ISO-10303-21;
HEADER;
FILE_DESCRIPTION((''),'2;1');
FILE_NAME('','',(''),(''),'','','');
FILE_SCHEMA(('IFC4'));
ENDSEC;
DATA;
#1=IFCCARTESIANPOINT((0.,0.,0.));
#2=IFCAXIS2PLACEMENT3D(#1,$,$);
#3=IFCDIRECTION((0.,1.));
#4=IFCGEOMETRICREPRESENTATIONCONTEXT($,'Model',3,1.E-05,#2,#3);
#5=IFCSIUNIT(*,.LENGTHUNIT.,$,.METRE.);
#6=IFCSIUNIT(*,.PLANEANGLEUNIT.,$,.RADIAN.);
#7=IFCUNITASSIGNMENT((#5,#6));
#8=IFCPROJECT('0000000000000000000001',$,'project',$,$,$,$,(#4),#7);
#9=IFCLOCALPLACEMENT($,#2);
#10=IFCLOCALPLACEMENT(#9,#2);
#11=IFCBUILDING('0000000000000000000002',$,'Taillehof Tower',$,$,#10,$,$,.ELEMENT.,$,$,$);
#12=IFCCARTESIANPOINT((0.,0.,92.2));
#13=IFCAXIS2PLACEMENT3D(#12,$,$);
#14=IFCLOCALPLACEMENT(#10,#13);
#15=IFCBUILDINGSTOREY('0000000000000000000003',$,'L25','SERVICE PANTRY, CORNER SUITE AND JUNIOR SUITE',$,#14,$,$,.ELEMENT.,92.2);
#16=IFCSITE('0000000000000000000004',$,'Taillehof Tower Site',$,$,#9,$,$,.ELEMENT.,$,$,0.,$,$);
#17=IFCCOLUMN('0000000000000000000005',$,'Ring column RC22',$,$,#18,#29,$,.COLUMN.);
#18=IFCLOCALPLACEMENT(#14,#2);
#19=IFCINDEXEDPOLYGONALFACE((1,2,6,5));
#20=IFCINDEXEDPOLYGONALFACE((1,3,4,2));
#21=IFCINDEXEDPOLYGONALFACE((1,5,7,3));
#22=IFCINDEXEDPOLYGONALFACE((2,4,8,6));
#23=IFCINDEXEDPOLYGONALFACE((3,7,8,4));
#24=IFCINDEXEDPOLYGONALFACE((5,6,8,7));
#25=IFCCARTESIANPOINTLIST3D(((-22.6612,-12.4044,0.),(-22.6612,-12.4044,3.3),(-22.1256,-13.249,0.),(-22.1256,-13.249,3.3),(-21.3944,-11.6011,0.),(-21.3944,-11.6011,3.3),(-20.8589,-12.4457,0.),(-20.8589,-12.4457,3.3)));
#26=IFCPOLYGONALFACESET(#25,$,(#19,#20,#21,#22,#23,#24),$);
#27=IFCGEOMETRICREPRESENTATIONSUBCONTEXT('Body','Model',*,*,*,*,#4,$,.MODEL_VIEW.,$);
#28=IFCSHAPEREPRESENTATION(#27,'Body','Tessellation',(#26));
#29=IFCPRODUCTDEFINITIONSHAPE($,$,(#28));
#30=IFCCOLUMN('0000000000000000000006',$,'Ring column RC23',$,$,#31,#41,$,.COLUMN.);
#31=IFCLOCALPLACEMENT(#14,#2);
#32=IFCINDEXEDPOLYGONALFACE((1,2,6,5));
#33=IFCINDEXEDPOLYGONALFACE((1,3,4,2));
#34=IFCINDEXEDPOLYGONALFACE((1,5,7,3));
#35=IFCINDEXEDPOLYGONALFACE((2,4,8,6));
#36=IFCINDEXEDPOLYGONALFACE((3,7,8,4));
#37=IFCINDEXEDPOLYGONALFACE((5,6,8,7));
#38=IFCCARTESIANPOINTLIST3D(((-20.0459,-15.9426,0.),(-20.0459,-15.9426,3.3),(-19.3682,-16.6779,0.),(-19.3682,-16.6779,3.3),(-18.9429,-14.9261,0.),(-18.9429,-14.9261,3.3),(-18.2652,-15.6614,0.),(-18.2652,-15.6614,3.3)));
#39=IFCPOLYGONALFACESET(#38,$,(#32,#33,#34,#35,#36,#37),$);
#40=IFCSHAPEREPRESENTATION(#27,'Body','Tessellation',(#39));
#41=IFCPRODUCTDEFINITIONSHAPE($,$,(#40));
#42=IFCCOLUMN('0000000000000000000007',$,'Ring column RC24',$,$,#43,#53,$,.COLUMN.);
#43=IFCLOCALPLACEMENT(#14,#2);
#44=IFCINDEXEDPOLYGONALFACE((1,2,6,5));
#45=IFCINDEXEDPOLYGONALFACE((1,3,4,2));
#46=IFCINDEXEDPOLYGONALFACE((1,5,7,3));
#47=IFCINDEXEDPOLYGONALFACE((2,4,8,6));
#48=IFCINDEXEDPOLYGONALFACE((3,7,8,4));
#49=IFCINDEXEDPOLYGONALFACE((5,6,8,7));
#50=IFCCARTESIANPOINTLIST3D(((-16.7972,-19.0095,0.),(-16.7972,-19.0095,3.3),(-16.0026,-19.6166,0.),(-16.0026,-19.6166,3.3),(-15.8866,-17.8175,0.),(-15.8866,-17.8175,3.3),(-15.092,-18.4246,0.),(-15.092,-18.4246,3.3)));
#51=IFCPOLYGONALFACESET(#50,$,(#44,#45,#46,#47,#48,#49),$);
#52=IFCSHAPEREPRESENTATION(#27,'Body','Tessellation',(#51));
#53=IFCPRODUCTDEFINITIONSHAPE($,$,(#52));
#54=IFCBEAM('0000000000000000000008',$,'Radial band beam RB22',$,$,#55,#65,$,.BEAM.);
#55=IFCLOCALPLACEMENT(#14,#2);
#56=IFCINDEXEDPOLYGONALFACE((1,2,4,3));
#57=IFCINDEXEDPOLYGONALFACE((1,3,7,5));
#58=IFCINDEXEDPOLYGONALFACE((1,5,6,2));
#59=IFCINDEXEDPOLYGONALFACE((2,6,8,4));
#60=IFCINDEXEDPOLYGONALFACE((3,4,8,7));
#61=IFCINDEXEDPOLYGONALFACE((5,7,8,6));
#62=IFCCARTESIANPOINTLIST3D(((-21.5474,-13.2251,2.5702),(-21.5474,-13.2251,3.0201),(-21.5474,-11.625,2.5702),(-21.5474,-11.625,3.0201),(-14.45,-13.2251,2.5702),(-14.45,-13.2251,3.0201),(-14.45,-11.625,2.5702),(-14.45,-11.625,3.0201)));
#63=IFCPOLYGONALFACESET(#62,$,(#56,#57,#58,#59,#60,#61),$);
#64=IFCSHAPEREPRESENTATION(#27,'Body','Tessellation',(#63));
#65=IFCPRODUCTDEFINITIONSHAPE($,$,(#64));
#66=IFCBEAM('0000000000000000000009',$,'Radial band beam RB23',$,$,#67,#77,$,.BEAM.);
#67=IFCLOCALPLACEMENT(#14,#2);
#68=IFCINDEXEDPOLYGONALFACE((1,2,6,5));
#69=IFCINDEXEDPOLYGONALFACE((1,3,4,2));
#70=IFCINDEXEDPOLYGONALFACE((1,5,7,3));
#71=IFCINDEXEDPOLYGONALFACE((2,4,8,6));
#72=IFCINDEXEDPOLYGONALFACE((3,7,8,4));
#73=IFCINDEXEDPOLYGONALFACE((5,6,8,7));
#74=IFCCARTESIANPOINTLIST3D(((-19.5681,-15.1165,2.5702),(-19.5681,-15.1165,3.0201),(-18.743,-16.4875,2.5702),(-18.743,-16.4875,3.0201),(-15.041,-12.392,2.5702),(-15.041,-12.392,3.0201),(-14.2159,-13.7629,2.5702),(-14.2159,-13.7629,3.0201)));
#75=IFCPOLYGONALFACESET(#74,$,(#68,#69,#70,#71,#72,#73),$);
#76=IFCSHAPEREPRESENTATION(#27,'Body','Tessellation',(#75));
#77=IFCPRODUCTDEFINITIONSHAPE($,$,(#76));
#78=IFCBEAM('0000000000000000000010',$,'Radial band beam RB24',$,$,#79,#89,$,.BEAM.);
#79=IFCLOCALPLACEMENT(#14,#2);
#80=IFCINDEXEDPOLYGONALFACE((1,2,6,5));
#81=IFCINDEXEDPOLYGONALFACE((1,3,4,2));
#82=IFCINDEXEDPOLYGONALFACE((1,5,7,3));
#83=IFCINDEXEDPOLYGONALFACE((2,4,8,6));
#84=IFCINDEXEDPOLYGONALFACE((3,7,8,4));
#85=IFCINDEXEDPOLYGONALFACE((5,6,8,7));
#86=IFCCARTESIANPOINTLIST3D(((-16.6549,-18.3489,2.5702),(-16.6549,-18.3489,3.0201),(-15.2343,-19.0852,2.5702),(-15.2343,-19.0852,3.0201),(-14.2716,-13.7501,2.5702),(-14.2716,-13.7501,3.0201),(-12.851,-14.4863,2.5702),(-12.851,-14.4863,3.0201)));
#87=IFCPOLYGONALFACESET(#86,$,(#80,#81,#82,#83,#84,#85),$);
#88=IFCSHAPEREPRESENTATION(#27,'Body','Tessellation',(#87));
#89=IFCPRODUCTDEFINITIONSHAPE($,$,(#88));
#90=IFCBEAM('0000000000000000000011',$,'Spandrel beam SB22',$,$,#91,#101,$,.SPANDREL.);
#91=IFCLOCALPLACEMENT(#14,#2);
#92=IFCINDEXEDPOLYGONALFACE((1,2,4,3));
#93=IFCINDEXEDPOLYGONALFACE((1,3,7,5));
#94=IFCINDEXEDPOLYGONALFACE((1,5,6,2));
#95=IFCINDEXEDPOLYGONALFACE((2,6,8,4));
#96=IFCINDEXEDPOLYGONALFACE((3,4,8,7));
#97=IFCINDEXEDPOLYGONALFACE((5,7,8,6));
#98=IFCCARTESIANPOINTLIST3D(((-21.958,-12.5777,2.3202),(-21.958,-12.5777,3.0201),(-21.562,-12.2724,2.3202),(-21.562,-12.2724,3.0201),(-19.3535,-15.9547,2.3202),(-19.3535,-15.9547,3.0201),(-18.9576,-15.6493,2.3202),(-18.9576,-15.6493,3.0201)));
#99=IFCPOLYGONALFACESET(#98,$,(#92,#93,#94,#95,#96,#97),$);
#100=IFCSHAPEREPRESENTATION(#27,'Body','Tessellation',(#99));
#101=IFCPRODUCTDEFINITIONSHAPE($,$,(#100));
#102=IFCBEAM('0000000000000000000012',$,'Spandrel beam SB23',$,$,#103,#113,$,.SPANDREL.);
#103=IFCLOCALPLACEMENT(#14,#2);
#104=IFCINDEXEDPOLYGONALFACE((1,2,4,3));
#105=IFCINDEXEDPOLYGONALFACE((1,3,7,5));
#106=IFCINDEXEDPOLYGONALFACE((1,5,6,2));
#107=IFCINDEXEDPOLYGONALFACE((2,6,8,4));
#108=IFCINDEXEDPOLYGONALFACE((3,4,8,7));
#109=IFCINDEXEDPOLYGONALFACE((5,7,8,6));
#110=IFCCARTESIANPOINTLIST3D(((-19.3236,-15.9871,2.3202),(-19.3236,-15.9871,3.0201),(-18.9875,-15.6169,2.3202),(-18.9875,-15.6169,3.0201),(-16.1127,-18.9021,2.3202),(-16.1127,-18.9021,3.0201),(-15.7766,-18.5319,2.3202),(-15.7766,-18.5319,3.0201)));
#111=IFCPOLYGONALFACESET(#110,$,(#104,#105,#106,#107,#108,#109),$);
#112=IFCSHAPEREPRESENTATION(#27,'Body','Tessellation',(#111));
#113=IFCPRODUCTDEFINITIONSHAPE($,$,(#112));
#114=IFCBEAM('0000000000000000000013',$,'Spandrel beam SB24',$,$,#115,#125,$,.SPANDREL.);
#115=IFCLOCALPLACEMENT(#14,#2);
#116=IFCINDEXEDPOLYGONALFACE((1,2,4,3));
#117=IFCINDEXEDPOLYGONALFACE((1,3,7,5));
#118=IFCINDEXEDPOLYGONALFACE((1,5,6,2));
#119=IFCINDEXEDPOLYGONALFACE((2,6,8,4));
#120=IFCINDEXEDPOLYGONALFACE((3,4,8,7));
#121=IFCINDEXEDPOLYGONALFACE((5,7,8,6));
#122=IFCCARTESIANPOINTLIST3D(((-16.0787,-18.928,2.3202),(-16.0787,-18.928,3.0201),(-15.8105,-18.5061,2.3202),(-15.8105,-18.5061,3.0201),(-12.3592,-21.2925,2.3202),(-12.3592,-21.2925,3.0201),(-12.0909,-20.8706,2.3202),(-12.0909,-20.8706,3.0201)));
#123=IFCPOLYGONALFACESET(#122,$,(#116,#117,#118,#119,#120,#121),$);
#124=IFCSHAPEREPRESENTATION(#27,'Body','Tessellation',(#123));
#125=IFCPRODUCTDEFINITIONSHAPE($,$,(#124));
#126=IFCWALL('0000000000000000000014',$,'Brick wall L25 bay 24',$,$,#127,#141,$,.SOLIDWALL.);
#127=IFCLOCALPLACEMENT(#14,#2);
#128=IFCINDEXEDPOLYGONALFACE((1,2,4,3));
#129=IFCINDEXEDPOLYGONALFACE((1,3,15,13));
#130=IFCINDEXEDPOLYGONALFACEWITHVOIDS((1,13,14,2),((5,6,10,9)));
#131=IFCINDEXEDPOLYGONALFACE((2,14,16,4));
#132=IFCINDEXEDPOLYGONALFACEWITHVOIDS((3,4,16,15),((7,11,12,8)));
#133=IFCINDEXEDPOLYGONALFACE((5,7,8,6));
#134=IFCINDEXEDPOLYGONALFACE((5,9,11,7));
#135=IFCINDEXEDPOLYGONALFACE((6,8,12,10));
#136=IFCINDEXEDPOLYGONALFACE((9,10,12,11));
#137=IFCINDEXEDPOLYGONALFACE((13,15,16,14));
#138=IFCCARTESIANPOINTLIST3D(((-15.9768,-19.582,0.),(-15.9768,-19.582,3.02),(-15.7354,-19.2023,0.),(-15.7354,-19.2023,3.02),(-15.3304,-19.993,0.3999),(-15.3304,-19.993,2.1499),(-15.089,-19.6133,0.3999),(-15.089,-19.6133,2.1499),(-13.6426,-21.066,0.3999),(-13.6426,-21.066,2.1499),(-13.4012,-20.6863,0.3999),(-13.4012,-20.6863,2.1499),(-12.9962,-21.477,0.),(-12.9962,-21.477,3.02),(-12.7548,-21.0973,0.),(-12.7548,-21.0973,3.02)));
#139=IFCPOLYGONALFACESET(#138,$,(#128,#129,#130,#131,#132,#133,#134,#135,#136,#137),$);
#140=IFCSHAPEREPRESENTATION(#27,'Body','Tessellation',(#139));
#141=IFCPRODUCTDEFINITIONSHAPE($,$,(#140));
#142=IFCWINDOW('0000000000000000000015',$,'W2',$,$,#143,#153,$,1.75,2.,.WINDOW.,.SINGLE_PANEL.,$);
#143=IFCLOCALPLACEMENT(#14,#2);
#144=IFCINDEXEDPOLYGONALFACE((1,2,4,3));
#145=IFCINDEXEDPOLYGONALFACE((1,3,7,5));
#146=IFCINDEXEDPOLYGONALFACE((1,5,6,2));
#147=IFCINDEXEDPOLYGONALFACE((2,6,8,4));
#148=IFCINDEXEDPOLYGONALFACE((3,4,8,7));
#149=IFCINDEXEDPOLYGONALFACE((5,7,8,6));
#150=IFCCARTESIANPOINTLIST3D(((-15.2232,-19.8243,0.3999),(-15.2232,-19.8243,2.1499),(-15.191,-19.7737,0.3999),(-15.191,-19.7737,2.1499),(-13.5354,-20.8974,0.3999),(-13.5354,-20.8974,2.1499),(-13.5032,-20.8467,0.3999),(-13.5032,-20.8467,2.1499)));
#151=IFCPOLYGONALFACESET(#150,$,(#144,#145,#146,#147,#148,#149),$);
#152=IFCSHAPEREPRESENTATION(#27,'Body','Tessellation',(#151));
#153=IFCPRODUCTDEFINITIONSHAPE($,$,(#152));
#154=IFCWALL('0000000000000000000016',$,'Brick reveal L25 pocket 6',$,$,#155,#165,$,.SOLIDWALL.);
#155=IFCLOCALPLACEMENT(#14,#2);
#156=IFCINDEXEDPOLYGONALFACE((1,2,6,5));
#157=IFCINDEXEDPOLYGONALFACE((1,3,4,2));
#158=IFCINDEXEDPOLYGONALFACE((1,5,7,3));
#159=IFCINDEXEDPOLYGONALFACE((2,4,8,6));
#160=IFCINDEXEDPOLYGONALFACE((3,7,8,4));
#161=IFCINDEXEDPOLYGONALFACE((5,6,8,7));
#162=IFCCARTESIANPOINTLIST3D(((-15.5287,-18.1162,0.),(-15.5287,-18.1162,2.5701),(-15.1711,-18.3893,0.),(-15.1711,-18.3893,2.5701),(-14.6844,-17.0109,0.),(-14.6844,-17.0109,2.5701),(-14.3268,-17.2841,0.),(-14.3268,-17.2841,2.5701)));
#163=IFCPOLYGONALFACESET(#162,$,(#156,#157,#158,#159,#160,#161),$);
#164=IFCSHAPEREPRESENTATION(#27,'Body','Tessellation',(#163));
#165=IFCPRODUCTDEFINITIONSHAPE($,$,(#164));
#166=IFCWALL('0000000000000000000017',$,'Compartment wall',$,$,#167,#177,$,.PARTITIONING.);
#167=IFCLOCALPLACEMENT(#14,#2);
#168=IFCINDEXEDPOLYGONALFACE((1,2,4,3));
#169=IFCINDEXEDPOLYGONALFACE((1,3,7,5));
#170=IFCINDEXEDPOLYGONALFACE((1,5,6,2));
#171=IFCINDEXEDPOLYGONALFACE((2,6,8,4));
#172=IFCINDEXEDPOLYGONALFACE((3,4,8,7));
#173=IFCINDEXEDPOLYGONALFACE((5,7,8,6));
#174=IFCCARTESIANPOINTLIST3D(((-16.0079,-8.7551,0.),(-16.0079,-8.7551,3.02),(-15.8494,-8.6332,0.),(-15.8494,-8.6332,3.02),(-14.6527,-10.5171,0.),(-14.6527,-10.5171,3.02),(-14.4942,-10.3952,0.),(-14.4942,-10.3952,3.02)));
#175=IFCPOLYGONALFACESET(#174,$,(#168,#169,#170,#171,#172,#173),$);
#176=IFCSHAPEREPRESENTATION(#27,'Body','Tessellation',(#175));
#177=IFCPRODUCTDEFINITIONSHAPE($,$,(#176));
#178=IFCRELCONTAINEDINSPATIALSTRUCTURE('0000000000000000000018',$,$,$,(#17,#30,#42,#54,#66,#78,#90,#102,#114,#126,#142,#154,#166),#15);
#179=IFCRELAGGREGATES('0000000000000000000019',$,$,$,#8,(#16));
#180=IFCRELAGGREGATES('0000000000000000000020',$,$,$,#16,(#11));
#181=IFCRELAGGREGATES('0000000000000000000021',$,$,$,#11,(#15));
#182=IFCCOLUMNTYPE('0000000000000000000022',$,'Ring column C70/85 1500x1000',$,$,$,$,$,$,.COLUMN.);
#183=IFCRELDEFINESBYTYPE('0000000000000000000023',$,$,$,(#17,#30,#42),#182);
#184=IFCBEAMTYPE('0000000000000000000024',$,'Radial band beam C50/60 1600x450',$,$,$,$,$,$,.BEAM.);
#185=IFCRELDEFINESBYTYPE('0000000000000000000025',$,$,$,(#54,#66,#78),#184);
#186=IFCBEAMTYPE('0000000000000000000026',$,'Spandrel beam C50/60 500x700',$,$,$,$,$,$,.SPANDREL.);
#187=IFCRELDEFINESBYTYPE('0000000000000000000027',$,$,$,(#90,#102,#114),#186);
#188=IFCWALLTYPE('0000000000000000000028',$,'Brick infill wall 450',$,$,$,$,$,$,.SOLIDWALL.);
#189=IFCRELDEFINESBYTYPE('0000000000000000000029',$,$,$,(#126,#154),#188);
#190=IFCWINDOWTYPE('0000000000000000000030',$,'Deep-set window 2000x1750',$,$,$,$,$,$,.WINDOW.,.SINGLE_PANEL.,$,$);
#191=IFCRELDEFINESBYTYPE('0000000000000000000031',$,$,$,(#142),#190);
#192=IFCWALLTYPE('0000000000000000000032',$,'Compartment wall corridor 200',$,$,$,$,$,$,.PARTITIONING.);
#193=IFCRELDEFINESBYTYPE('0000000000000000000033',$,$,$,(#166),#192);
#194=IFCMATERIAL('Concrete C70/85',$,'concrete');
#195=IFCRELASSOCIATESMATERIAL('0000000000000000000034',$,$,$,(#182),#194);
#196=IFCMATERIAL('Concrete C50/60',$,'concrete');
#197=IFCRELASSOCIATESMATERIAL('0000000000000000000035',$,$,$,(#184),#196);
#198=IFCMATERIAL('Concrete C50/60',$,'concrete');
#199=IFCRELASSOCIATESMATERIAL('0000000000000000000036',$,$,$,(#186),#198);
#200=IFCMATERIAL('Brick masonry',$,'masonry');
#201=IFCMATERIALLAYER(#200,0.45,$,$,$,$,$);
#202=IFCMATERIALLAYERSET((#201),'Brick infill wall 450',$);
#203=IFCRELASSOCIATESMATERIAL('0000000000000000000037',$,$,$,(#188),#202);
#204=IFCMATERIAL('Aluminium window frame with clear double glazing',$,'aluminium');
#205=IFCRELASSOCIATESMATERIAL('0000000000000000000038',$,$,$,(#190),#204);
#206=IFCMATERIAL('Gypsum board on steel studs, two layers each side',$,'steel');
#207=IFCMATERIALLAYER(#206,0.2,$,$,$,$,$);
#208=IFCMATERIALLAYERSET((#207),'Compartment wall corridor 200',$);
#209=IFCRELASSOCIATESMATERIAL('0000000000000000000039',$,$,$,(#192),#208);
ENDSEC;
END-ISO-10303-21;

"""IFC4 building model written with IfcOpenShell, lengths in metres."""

from ifc_helpers import new_model, si_unit, direction, frame, frame_2d, origin, origin_2d, place, context, subcontext, project, spatial, rectangle, extrude, material, layer, layer_set, material_profile, profile_set, type_object, element, fill, save


model = new_model("IFC4")

# Units and contexts
model_context = context("Model", 3, precision=1e-05, world=origin(), true_north=direction((0.0, 1.0)))
body_context = subcontext(model_context, "Body", "Model", "MODEL_VIEW")
ifc_project = project(units=[si_unit("LENGTHUNIT", "METRE"), si_unit("PLANEANGLEUNIT", "RADIAN")], contexts=[model_context])

# Site, building, storey
site_placement = place(None, origin())
site = spatial("IfcSite", under=ifc_project, at=site_placement, Name="Taillehof Tower Site", CompositionType="ELEMENT", RefElevation=0.0)
building_placement = place(site_placement, origin())
building = spatial("IfcBuilding", under=site, at=building_placement, Name="Taillehof Tower", CompositionType="ELEMENT")
storey_placement = place(building_placement, frame((0.0, 0.0, 92.2)))
storey = spatial("IfcBuildingStorey", under=building, at=storey_placement, Name="L25", Description="SERVICE PANTRY, CORNER SUITE AND JUNIOR SUITE", CompositionType="ELEMENT", Elevation=92.2)

# Columns
ifc_material_1 = material(Name="Concrete C70/85", Category="concrete")
ifc_material_profile_1 = material_profile(ifc_material_1, rectangle(XDim=1.5, YDim=1.0, at=origin_2d()), Name="RC 1500x1000")
ifc_profile_set_1 = profile_set([ifc_material_profile_1], Name="Concrete C70/85")
column_type = type_object("IfcColumnType", Name="Ring column C70/85 1500x1000", PredefinedType="COLUMN", material=ifc_profile_set_1)
for number, where, z_axis, x_axis, name in (
    (1, (-21.76, -12.425, 0.0), (0.0, 0.0, 1.0), (-0.844511, -0.535537, 0.0), "Ring column RC22"),
    (2, (-19.1555, -15.802, 0.0), (0.0, 0.0, 1.0), (-0.735332, -0.677707, 0.0), "Ring column RC23"),
    (3, (-15.9446, -18.717, 0.0), (0.0, 0.0, 1.0), (-0.607074, -0.794645, 0.0), "Ring column RC24"),
):
    element("IfcColumn", number, at=place(storey_placement, frame(where, z_axis=z_axis, x_axis=x_axis)), inside=storey, type_object=column_type, Name=name, PredefinedType="COLUMN", context=body_context, shape_type="SweptSolid", body=[
        extrude(rectangle(XDim=1.5, YDim=1.0, at=origin_2d()), origin(), (0.0, 0.0, 1.0), 3.3),
    ])

# Beams
ifc_material_2 = material(Name="Concrete C50/60", Category="concrete")
ifc_material_profile_2 = material_profile(ifc_material_2, rectangle(XDim=1.6001, YDim=0.45, at=origin_2d()), Name="RC 1600x450")
ifc_profile_set_2 = profile_set([ifc_material_profile_2], Name="Concrete C50/60")
beam_type_1 = type_object("IfcBeamType", Name="Radial band beam C50/60 1600x450", PredefinedType="BEAM", material=ifc_profile_set_2)
beam_1_placement = place(storey_placement, frame((-21.5474, -12.425, 2.7952), z_axis=(1.0, 0.0, 0.0), x_axis=(0.0, 1.0, 0.0)))
element("IfcBeam", 4, at=beam_1_placement, inside=storey, type_object=beam_type_1, Name="Radial band beam RB22", PredefinedType="BEAM", context=body_context, shape_type="SweptSolid", body=[
    extrude(rectangle(XDim=1.6001, YDim=0.45, at=origin_2d()), origin(), (0.0, 0.0, 1.0), 7.0974),
])
beam_2_placement = place(storey_placement, frame((-19.1555, -15.802, 2.7952), z_axis=(0.856795, 0.515657, 0.0), x_axis=(-0.515657, 0.856795, 0.0)))
element("IfcBeam", 5, at=beam_2_placement, inside=storey, type_object=beam_type_1, Name="Radial band beam RB23", PredefinedType="BEAM", context=body_context, shape_type="SweptSolid", body=[
    extrude(rectangle(XDim=1.6001, YDim=0.45, at=origin_2d()), origin(), (0.0, 0.0, 1.0), 5.2837),
])
beam_3_placement = place(storey_placement, frame((-15.9446, -18.717, 2.7952), z_axis=(0.460119, 0.887857, 0.0), x_axis=(-0.887857, 0.460119, 0.0)))
element("IfcBeam", 6, at=beam_3_placement, inside=storey, type_object=beam_type_1, Name="Radial band beam RB24", PredefinedType="BEAM", context=body_context, shape_type="SweptSolid", body=[
    extrude(rectangle(XDim=1.6001, YDim=0.45, at=origin_2d()), origin(), (0.0, 0.0, 1.0), 5.1797),
])
ifc_material_3 = material(Name="Concrete C50/60", Category="concrete")
ifc_material_profile_3 = material_profile(ifc_material_3, rectangle(XDim=0.5, YDim=0.7, at=origin_2d()), Name="RC 500x700")
ifc_profile_set_3 = profile_set([ifc_material_profile_3], Name="Concrete C50/60")
beam_type_2 = type_object("IfcBeamType", Name="Spandrel beam C50/60 500x700", PredefinedType="SPANDREL", material=ifc_profile_set_3)
beam_4_placement = place(storey_placement, frame((-21.76, -12.425, 2.6702), z_axis=(0.610717, -0.791849, 0.0), x_axis=(0.791849, 0.610717, 0.0)))
element("IfcBeam", 7, at=beam_4_placement, inside=storey, type_object=beam_type_2, Name="Spandrel beam SB22", PredefinedType="SPANDREL", context=body_context, shape_type="SweptSolid", body=[
    extrude(rectangle(XDim=0.5, YDim=0.7, at=origin_2d()), origin(), (0.0, 0.0, 1.0), 4.2646),
])
beam_5_placement = place(storey_placement, frame((-19.1555, -15.802, 2.6702), z_axis=(0.740398, -0.672168, 0.0), x_axis=(0.672168, 0.740398, 0.0)))
element("IfcBeam", 8, at=beam_5_placement, inside=storey, type_object=beam_type_2, Name="Spandrel beam SB23", PredefinedType="SPANDREL", context=body_context, shape_type="SweptSolid", body=[
    extrude(rectangle(XDim=0.5, YDim=0.7, at=origin_2d()), origin(), (0.0, 0.0, 1.0), 4.3367),
])
beam_6_placement = place(storey_placement, frame((-15.9446, -18.717, 2.6702), z_axis=(0.843912, -0.536481, 0.0), x_axis=(0.536481, 0.843912, 0.0)))
element("IfcBeam", 9, at=beam_6_placement, inside=storey, type_object=beam_type_2, Name="Spandrel beam SB24", PredefinedType="SPANDREL", context=body_context, shape_type="SweptSolid", body=[
    extrude(rectangle(XDim=0.5, YDim=0.7, at=origin_2d()), origin(), (0.0, 0.0, 1.0), 4.4075),
])

# Wall, opening, window
ifc_material_4 = material(Name="Brick masonry", Category="masonry")
ifc_layer_1 = layer(ifc_material_4, 0.45)
ifc_layer_set_1 = layer_set([ifc_layer_1], Name="Brick infill wall 450")
wall_type_1 = type_object("IfcWallType", Name="Brick infill wall 450", PredefinedType="SOLIDWALL", material=ifc_layer_set_1)
wall_1_placement = place(storey_placement, frame((-15.8562, -19.3921, 0.0), z_axis=(0.0, 0.0, 1.0), x_axis=(0.843892, -0.536513, 0.0)))
wall_1 = element("IfcWall", 10, at=wall_1_placement, inside=storey, type_object=wall_type_1, Name="Brick wall L25 bay 24", PredefinedType="SOLIDWALL", context=body_context, shape_type="SweptSolid", body=[
    extrude(rectangle(XDim=3.532, YDim=0.45, at=frame_2d((1.7661, 0.0))), origin(), (0.0, 0.0, 1.0), 3.02),
])
opening_1_placement = place(wall_1_placement, frame((0.7661, 0.0, 0.3999)))
opening_1 = element("IfcOpeningElement", 11, at=opening_1_placement, cuts=wall_1, PredefinedType="OPENING", context=body_context, shape_type="SweptSolid", body=[
    extrude(rectangle(XDim=2.0, YDim=1.75, at=frame_2d((1.0, 0.875))), frame((0.0, 0.2349, 0.0), z_axis=(0.0, -1.0, 0.0), x_axis=(1.0, 0.0, 0.0)), (0.0, 0.0, 1.0), 0.47),
])
ifc_material_5 = material(Name="Aluminium window frame with clear double glazing", Category="aluminium")
window_type_1 = type_object("IfcWindowType", Name="Deep-set window 2000x1750", PartitioningType="SINGLE_PANEL", PredefinedType="WINDOW", material=ifc_material_5)
window_1_placement = place(opening_1_placement, origin())
window_1 = element("IfcWindow", 12, at=window_1_placement, inside=storey, type_object=window_type_1, Name="W2", OverallHeight=1.75, OverallWidth=2.0, PartitioningType="SINGLE_PANEL", PredefinedType="WINDOW", context=body_context, shape_type="SweptSolid", body=[
    extrude(rectangle(XDim=2.0, YDim=1.75, at=frame_2d((1.0, 0.875))), frame((0.0, 0.0349, 0.0), z_axis=(0.0, -1.0, 0.0), x_axis=(1.0, 0.0, 0.0)), (0.0, 0.0, 1.0), 0.0601),
])
fill(opening_1, window_1)

# Wall
wall_2_placement = place(storey_placement, frame((-15.3499, -18.2527, 0.0), z_axis=(0.0, 0.0, 1.0), x_axis=(0.607026, 0.794682, 0.0)))
element("IfcWall", 13, at=wall_2_placement, inside=storey, type_object=wall_type_1, Name="Brick reveal L25 pocket 6", PredefinedType="SOLIDWALL", context=body_context, shape_type="SweptSolid", body=[
    extrude(rectangle(XDim=1.3909, YDim=0.45, at=frame_2d((0.6953, 0.0))), origin(), (0.0, 0.0, 1.0), 2.5701),
])

# Wall
ifc_material_6 = material(Name="Gypsum board on steel studs, two layers each side", Category="steel")
ifc_layer_2 = layer(ifc_material_6, 0.2)
ifc_layer_set_2 = layer_set([ifc_layer_2], Name="Compartment wall corridor 200")
wall_type_2 = type_object("IfcWallType", Name="Compartment wall corridor 200", PredefinedType="PARTITIONING", material=ifc_layer_set_2)
wall_3_placement = place(storey_placement, frame((-14.5735, -10.4561, 0.0), z_axis=(0.0, 0.0, 1.0), x_axis=(-0.609674, 0.792653, 0.0)))
element("IfcWall", 14, at=wall_3_placement, inside=storey, type_object=wall_type_2, Name="Compartment wall", PredefinedType="PARTITIONING", context=body_context, shape_type="SweptSolid", body=[
    extrude(rectangle(XDim=2.2229, YDim=0.2, at=frame_2d((1.1113, 0.0))), origin(), (0.0, 0.0, 1.0), 3.02),
])

save(model, "model.ifc")
